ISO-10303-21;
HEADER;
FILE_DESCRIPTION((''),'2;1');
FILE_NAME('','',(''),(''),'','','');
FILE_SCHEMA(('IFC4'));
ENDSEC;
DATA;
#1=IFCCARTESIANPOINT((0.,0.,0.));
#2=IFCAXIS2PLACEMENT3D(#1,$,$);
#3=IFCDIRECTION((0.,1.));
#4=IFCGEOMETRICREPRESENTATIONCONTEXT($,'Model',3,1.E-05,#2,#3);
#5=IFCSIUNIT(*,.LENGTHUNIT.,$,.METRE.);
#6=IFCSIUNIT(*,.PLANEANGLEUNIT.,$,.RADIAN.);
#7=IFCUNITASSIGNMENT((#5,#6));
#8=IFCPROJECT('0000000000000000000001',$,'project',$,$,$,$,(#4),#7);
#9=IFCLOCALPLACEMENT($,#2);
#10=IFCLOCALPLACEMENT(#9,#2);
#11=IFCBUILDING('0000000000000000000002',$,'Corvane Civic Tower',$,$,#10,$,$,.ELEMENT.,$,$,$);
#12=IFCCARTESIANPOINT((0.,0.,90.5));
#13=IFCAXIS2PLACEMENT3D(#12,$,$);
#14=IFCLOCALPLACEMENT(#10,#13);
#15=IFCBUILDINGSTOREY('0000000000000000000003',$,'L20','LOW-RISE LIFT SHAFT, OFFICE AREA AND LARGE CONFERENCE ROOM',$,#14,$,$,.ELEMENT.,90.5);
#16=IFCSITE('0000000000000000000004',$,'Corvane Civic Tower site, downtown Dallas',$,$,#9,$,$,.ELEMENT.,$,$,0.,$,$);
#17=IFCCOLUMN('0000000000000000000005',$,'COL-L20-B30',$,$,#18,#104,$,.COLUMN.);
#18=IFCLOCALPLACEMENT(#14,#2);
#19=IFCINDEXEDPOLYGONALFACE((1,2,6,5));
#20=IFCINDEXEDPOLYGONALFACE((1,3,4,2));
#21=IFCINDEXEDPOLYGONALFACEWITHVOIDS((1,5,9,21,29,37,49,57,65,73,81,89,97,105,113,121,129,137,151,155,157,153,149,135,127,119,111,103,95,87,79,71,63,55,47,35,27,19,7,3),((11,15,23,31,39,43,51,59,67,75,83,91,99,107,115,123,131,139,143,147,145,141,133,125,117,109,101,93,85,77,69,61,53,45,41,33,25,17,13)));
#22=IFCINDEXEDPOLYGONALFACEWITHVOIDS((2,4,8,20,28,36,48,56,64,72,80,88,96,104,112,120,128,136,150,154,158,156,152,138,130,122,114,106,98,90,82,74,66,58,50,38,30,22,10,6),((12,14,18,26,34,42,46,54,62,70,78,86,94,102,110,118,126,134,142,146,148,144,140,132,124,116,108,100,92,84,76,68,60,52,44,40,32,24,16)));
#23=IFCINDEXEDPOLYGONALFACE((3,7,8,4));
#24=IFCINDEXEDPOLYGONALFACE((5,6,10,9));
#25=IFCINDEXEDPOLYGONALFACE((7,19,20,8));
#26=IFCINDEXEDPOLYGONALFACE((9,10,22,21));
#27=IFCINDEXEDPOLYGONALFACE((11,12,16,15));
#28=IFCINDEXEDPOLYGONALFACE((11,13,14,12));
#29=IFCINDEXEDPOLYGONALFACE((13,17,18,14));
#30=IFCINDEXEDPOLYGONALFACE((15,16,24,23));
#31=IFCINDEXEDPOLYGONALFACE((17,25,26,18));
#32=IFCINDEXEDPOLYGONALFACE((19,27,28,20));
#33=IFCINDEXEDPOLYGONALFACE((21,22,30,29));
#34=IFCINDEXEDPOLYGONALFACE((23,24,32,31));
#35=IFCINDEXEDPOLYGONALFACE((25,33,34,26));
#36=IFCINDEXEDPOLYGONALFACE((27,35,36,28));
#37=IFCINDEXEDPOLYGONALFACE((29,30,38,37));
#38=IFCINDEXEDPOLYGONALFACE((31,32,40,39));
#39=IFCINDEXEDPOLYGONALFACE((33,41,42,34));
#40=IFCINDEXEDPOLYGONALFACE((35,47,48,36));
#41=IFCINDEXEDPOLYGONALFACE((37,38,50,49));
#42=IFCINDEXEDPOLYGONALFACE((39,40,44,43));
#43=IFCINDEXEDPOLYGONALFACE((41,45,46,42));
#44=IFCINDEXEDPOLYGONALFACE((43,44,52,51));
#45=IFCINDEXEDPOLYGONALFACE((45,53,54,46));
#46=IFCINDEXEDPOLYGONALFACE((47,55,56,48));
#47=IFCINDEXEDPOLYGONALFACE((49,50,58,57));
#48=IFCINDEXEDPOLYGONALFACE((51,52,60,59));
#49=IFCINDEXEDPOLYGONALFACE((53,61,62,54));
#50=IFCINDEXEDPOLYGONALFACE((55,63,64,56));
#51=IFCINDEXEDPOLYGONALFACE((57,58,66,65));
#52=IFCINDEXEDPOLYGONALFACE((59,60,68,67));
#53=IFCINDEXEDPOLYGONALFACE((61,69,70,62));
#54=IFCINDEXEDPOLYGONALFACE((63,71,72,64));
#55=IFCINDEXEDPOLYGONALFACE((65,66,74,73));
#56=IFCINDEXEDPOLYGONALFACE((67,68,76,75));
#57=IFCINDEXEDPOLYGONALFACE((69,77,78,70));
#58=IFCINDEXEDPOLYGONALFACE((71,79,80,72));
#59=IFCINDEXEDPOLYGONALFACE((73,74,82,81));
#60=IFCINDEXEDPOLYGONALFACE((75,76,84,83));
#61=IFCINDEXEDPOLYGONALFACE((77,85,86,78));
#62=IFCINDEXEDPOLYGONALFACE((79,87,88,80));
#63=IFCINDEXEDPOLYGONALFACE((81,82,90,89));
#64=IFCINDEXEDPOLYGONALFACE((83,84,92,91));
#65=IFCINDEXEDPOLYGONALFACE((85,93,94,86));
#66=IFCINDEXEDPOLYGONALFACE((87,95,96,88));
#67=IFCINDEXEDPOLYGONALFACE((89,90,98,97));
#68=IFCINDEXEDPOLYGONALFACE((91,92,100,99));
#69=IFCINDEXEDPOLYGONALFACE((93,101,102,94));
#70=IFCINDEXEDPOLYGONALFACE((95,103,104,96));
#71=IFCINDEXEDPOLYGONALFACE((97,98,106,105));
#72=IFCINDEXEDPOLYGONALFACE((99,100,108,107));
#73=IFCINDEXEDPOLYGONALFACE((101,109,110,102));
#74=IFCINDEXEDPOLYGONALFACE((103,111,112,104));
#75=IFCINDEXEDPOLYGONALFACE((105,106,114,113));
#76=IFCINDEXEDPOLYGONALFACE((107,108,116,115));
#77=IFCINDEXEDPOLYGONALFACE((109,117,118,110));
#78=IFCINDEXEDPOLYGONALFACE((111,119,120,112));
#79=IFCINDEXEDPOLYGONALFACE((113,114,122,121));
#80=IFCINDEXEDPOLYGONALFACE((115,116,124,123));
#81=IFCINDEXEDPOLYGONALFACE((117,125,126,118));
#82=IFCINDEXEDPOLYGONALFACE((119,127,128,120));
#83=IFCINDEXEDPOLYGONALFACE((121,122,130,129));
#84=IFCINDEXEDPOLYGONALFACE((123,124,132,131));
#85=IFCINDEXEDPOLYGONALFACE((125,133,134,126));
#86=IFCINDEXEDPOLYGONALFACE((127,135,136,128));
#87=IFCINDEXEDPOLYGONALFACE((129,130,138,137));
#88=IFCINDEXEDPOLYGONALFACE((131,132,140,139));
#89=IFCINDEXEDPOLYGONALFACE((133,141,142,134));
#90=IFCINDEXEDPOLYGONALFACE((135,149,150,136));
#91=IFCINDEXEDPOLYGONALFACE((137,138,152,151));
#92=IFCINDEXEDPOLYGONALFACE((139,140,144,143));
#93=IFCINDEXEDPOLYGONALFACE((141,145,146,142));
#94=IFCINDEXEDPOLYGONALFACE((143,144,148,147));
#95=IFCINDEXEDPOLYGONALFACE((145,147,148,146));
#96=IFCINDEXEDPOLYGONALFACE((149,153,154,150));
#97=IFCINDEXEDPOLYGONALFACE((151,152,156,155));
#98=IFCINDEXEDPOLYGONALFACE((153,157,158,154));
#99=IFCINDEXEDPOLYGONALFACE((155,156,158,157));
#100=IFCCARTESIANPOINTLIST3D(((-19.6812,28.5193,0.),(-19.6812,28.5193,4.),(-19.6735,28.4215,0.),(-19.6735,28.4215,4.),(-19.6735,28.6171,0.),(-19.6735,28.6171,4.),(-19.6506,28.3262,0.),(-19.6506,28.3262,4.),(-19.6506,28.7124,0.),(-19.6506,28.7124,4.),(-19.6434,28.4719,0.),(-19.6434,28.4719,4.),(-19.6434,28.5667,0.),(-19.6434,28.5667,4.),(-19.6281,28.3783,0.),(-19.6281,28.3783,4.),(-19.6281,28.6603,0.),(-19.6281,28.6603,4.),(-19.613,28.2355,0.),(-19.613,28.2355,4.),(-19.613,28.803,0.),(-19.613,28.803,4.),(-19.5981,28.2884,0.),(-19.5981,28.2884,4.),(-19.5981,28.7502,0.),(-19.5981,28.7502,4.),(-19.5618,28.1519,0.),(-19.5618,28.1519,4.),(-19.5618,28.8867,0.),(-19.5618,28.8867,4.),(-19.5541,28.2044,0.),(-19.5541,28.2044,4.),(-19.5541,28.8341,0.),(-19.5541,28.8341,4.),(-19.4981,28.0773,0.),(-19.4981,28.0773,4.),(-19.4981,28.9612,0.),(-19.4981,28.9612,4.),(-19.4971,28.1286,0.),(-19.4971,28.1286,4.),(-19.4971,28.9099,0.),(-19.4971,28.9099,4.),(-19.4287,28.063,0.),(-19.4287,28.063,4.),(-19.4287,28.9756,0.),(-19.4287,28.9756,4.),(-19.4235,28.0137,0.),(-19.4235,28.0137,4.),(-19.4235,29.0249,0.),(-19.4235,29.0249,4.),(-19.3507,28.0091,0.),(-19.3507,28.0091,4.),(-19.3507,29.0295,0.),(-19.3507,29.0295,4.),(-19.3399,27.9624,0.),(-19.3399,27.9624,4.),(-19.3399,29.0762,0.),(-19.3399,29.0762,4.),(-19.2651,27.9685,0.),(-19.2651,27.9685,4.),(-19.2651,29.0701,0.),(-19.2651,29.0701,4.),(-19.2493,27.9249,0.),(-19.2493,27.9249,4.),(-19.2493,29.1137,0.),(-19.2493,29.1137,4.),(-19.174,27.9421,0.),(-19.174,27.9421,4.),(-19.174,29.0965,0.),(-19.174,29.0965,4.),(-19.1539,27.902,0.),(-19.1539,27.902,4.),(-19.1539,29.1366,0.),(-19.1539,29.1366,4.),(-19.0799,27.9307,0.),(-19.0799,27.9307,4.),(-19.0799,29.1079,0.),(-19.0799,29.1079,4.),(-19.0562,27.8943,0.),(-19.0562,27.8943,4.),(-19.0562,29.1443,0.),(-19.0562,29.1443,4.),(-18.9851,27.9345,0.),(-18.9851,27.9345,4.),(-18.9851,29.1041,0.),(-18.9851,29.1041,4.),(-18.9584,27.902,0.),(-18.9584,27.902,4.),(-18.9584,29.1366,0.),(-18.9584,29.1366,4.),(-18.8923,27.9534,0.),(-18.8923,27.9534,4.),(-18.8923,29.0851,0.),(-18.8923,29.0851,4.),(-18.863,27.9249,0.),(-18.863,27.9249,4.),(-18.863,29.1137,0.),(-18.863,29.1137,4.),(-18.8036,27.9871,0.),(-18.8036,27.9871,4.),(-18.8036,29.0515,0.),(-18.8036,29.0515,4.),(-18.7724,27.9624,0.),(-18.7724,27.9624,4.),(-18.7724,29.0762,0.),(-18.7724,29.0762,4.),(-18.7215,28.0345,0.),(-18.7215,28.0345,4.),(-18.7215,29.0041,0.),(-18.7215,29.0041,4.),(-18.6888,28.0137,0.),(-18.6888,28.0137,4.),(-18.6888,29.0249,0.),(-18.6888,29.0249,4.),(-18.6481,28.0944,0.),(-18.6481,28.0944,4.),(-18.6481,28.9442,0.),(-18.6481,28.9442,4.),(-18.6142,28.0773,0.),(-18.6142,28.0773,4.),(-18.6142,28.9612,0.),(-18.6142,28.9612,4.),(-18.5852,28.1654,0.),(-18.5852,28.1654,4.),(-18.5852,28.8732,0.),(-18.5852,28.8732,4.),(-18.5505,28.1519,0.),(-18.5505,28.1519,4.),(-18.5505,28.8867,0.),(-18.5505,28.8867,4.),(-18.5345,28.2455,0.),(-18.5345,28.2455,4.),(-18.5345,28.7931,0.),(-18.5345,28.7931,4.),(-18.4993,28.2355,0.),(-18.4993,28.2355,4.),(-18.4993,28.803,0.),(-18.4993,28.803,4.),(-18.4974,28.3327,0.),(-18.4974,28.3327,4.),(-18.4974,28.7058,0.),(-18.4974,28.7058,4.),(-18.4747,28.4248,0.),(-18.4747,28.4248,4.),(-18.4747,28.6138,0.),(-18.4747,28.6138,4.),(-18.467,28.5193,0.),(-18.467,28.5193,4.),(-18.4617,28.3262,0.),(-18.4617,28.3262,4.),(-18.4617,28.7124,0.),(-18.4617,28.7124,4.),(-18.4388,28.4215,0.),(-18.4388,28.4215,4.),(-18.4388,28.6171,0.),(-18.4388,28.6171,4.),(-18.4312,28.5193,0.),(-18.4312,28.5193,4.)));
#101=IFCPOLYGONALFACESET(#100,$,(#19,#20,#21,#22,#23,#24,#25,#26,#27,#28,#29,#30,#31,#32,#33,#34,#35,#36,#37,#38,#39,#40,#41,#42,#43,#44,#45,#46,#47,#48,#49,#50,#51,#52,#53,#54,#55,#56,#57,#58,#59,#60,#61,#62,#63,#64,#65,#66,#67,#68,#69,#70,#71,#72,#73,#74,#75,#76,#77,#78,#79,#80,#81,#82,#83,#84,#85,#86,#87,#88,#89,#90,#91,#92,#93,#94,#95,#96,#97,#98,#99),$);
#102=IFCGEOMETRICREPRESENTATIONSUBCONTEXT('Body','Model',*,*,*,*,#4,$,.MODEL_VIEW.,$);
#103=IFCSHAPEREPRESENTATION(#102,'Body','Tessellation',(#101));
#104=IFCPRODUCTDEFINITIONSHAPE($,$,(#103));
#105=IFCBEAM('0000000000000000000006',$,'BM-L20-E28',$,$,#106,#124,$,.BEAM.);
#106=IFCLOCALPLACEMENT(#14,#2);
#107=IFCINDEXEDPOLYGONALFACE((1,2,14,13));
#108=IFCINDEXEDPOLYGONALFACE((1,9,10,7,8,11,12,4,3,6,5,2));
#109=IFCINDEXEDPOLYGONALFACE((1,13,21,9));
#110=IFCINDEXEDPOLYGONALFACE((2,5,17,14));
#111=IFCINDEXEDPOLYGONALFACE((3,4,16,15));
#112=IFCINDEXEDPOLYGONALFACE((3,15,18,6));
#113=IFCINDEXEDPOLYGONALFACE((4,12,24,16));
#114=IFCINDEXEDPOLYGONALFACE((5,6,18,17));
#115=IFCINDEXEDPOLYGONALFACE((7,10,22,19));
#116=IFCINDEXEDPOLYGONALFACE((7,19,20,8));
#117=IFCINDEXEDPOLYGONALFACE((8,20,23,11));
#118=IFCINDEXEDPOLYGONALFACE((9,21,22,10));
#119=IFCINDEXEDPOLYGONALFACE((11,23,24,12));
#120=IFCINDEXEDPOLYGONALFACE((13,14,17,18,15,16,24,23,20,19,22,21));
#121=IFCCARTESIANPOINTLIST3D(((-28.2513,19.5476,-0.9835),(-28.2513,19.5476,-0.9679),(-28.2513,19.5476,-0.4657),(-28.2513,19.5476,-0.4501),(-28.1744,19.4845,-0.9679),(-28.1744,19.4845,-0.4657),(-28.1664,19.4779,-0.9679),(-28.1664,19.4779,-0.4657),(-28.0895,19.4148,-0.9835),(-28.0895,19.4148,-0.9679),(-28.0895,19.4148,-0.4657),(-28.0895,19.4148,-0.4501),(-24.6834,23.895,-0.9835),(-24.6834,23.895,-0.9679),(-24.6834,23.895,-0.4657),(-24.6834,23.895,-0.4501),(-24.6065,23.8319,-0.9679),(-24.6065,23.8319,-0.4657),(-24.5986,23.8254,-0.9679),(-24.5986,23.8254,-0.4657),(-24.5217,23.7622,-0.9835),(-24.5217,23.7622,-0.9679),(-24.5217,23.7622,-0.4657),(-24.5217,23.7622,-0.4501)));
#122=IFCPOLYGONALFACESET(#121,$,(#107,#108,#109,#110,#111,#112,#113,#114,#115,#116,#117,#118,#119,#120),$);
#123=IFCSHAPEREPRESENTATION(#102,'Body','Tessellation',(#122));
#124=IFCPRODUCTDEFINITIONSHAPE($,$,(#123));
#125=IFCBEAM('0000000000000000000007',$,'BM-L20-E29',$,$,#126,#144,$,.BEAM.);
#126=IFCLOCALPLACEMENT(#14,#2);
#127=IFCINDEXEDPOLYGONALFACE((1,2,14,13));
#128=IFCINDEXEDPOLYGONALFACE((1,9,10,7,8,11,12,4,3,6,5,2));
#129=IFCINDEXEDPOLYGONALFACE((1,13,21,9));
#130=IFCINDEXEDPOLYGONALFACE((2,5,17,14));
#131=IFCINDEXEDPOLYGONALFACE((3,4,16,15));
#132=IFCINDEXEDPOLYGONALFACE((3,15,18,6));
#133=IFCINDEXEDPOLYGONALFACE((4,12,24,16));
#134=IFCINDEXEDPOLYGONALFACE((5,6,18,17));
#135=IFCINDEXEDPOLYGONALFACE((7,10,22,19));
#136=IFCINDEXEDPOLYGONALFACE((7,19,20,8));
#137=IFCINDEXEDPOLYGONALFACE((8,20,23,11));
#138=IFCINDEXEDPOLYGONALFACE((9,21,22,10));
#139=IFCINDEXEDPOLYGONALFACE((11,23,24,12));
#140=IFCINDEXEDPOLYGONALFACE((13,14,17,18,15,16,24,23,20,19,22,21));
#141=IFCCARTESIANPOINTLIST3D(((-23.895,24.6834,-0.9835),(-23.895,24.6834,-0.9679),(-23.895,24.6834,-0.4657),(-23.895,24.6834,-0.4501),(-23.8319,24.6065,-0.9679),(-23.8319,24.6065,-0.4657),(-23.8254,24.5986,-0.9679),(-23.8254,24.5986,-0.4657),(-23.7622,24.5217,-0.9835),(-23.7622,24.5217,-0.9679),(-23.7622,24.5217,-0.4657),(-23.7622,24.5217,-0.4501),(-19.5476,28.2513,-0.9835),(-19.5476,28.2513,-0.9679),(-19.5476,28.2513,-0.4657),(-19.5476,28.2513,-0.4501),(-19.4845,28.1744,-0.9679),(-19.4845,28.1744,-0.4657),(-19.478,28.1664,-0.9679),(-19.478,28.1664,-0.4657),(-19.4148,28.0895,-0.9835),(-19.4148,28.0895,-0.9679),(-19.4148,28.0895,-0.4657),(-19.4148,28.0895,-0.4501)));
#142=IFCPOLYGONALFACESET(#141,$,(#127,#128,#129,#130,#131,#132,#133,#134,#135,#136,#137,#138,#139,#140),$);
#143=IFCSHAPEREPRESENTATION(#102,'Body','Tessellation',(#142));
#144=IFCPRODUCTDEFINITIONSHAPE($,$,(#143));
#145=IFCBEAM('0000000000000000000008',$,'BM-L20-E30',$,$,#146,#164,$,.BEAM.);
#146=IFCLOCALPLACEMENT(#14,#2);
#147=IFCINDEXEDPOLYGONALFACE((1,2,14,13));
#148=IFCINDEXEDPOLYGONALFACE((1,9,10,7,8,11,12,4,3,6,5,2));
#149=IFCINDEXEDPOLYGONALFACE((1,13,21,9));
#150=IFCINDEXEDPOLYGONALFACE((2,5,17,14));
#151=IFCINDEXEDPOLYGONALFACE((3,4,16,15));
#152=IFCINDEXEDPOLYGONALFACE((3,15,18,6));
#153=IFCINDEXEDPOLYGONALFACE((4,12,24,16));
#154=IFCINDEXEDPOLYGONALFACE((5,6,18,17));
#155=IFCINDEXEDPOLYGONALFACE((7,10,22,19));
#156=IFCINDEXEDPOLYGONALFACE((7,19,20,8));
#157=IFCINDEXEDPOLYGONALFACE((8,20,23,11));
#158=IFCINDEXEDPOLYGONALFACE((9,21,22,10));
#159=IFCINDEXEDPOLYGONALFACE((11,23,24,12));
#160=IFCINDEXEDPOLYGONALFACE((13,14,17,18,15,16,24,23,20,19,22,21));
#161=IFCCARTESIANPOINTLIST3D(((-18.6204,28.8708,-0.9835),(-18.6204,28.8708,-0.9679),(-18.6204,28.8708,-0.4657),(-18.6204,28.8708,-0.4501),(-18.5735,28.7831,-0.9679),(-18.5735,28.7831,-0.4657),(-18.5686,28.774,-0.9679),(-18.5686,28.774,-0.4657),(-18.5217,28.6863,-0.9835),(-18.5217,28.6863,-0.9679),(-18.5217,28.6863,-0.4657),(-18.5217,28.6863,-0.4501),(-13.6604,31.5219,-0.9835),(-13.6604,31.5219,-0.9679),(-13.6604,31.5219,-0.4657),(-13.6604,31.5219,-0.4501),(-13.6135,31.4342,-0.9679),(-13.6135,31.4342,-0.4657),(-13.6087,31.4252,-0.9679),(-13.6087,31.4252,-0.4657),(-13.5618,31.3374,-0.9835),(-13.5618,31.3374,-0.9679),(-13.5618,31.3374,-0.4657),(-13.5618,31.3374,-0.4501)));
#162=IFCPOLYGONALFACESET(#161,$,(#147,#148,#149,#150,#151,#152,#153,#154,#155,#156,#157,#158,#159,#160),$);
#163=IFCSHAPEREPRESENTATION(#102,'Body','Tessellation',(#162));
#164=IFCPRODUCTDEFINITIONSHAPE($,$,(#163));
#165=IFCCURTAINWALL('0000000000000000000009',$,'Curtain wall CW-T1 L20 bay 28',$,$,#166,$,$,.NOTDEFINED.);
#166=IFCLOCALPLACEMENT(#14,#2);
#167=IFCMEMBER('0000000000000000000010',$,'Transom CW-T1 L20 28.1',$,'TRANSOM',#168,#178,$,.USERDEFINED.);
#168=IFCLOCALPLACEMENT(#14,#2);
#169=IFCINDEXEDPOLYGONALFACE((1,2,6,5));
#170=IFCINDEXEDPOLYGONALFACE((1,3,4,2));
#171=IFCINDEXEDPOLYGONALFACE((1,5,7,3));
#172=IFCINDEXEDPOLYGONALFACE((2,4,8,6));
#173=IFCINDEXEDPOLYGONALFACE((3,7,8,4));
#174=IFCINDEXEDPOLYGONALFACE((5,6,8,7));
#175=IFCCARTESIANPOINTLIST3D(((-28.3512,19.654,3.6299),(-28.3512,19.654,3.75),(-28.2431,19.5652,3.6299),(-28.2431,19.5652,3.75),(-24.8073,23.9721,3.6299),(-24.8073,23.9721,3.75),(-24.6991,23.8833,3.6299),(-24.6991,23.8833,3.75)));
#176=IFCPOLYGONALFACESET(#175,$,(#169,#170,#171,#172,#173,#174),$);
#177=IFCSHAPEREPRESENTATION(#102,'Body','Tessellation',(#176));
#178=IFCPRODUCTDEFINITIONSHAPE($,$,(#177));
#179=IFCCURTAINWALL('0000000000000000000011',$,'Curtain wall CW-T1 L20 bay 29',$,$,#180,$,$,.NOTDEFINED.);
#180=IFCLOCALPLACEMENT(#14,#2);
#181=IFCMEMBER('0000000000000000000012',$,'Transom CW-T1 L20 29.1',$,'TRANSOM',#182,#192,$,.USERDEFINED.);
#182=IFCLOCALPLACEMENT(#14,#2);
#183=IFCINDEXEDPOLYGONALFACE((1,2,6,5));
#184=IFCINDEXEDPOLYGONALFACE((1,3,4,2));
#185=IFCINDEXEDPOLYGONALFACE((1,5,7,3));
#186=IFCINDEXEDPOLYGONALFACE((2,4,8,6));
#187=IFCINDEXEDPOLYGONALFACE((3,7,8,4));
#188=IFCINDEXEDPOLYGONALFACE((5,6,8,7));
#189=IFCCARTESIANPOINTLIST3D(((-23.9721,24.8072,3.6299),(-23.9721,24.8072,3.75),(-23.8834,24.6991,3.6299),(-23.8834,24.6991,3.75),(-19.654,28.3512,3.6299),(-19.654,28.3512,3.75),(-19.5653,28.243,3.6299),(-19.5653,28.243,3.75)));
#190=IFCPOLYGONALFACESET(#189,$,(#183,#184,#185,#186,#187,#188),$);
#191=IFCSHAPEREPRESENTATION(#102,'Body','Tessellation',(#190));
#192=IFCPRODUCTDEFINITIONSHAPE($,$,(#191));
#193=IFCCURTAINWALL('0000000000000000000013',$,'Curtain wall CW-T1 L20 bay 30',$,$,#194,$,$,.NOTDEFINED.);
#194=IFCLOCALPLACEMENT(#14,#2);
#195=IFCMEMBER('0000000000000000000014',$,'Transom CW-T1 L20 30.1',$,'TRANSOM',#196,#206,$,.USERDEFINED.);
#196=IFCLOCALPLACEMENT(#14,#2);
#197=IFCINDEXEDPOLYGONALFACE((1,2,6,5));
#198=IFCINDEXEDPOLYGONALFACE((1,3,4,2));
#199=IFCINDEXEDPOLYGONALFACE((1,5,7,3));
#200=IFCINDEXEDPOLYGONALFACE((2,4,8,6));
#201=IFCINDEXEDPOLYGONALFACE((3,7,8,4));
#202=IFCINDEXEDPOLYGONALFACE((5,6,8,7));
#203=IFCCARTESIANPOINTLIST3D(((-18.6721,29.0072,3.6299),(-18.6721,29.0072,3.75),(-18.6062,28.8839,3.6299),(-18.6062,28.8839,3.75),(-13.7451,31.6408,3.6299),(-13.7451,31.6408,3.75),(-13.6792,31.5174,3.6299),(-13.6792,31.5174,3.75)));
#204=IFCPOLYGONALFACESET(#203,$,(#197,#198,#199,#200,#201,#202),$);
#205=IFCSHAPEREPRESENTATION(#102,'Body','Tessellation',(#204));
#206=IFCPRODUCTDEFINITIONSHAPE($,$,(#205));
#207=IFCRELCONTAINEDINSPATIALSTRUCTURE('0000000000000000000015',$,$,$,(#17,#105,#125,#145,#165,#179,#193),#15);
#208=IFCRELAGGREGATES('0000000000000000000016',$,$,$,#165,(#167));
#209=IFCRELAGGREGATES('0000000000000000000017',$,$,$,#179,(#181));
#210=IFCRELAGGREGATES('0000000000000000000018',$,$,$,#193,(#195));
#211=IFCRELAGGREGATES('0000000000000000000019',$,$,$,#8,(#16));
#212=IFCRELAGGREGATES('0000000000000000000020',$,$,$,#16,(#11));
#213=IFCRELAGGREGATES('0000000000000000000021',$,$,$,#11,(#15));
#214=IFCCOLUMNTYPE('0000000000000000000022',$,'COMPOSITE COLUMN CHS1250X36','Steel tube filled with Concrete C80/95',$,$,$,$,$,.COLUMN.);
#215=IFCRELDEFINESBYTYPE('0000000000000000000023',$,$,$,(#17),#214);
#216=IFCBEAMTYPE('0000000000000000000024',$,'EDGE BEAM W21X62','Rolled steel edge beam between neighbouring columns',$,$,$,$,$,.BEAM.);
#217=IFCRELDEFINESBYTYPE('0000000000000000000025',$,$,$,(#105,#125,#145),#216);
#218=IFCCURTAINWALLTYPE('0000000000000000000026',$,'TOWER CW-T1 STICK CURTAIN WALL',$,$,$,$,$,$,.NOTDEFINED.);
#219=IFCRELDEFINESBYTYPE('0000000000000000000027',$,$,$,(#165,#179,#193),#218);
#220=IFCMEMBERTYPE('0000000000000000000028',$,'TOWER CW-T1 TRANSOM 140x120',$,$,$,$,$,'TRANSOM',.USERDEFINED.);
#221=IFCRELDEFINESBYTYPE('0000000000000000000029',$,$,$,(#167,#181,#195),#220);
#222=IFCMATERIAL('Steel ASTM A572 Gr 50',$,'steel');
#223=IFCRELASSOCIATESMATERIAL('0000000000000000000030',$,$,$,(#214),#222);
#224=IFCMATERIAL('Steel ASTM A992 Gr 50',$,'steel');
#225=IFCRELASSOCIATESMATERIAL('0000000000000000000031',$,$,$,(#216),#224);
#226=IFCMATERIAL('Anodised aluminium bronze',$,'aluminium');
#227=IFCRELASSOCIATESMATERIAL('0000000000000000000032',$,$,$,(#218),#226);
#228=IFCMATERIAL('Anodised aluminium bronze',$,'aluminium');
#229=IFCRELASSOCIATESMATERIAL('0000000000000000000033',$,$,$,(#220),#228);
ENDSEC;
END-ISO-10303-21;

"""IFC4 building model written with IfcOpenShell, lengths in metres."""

from ifc_helpers import new_model, si_unit, direction, frame, origin, origin_2d, place, context, subcontext, project, spatial, rectangle, hollow_circle, i_section, extrude, material, material_profile, profile_set, type_object, element, aggregate, save


model = new_model("IFC4")

# Units and contexts
model_context = context("Model", 3, precision=1e-05, world=origin(), true_north=direction((0.0, 1.0)))
body_context = subcontext(model_context, "Body", "Model", "MODEL_VIEW")
ifc_project = project(units=[si_unit("LENGTHUNIT", "METRE"), si_unit("PLANEANGLEUNIT", "RADIAN")], contexts=[model_context])

# Site, building, storey
site_placement = place(None, origin())
site = spatial("IfcSite", under=ifc_project, at=site_placement, Name="Corvane Civic Tower site, downtown Dallas", CompositionType="ELEMENT", RefElevation=0.0)
building_placement = place(site_placement, origin())
building = spatial("IfcBuilding", under=site, at=building_placement, Name="Corvane Civic Tower", CompositionType="ELEMENT")
storey_placement = place(building_placement, frame((0.0, 0.0, 90.5)))
storey = spatial("IfcBuildingStorey", under=building, at=storey_placement, Name="L20", Description="LOW-RISE LIFT SHAFT, OFFICE AREA AND LARGE CONFERENCE ROOM", CompositionType="ELEMENT", Elevation=90.5)

# Column
ifc_material_1 = material(Name="Steel ASTM A572 Gr 50", Category="steel")
ifc_material_profile_1 = material_profile(ifc_material_1, hollow_circle(Radius=0.625, WallThickness=0.0359, at=origin_2d()), Name="CHS1250X36")
ifc_profile_set_1 = profile_set([ifc_material_profile_1], Name="Steel ASTM A572 Gr 50")
column_type = type_object("IfcColumnType", Name="COMPOSITE COLUMN CHS1250X36", Description="Steel tube filled with Concrete C80/95", PredefinedType="COLUMN", material=ifc_profile_set_1)
for number, where, z_axis, x_axis, name in (
    (1, (-19.0562, 28.5193, 0.0), (0.0, 0.0, 1.0), (1.0, 0.0, 0.0), "COL-L20-B30"),
):
    element("IfcColumn", number, at=place(storey_placement, frame(where, z_axis=z_axis, x_axis=x_axis)), inside=storey, type_object=column_type, Name=name, PredefinedType="COLUMN", context=body_context, shape_type="SweptSolid", body=[
        extrude(hollow_circle(Radius=0.625, WallThickness=0.0359, at=origin_2d()), origin(), (0.0, 0.0, 1.0), 4.0),
    ])

# Beams
ifc_material_2 = material(Name="Steel ASTM A992 Gr 50", Category="steel")
ifc_material_profile_2 = material_profile(ifc_material_2, i_section(OverallWidth=0.2092, OverallDepth=0.5334, WebThickness=0.0103, FlangeThickness=0.0156, at=origin_2d()), Name="W21X62")
ifc_profile_set_2 = profile_set([ifc_material_profile_2], Name="Steel ASTM A992 Gr 50")
beam_type = type_object("IfcBeamType", Name="EDGE BEAM W21X62", Description="Rolled steel edge beam between neighbouring columns", PredefinedType="BEAM", material=ifc_profile_set_2)
for number, where, z_axis, x_axis, name in (
    (2, (-28.1704, 19.4812, -0.7168), (0.634398, 0.773007, 0.0), (-0.773007, 0.634398, 0.0), "BM-L20-E28"),
    (3, (-23.8286, 24.6025, -0.7168), (0.773007, 0.634398, 0.0), (-0.634398, 0.773007, 0.0), "BM-L20-E29"),
    (4, (-18.571, 28.7786, -0.7168), (0.881924, 0.471392, 0.0), (-0.471392, 0.881924, 0.0), "BM-L20-E30"),
):
    element("IfcBeam", number, at=place(storey_placement, frame(where, z_axis=z_axis, x_axis=x_axis)), inside=storey, type_object=beam_type, Name=name, PredefinedType="BEAM", context=body_context, shape_type="SweptSolid", body=[
        extrude(i_section(OverallWidth=0.2092, OverallDepth=0.5334, WebThickness=0.0103, FlangeThickness=0.0156, at=origin_2d()), origin(), (0.0, 0.0, 1.0), 5.624),
    ])

# Curtain walls, members
ifc_material_3 = material(Name="Anodised aluminium bronze", Category="aluminium")
curtain_wall_type = type_object("IfcCurtainWallType", Name="TOWER CW-T1 STICK CURTAIN WALL", PredefinedType="NOTDEFINED", material=ifc_material_3)
curtain_wall_1_placement = place(storey_placement, origin())
curtain_wall_1 = element("IfcCurtainWall", 5, at=curtain_wall_1_placement, inside=storey, type_object=curtain_wall_type, Name="Curtain wall CW-T1 L20 bay 28", PredefinedType="NOTDEFINED")
ifc_material_4 = material(Name="Anodised aluminium bronze", Category="aluminium")
ifc_material_profile_3 = material_profile(ifc_material_4, rectangle(XDim=0.1399, YDim=0.1201, at=origin_2d()), Name="TOWER CW-T1 TRANSOM 140x120")
ifc_profile_set_3 = profile_set([ifc_material_profile_3], Name="Anodised aluminium bronze")
member_type = type_object("IfcMemberType", Name="TOWER CW-T1 TRANSOM 140x120", ElementType="TRANSOM", PredefinedType="USERDEFINED", material=ifc_profile_set_3)
member_1_placement = place(storey_placement, frame((-28.2971, 19.6096, 3.6899), z_axis=(0.63441, 0.772996, 0.0), x_axis=(-0.772996, 0.63441, 0.0)))
member_1 = element("IfcMember", 6, at=member_1_placement, type_object=member_type, Name="Transom CW-T1 L20 28.1", ObjectType="TRANSOM", PredefinedType="USERDEFINED", context=body_context, shape_type="SweptSolid", body=[
    extrude(rectangle(XDim=0.1399, YDim=0.1201, at=origin_2d()), origin(), (0.0, 0.0, 1.0), 5.5862),
])
curtain_wall_2_placement = place(storey_placement, origin())
curtain_wall_2 = element("IfcCurtainWall", 7, at=curtain_wall_2_placement, inside=storey, type_object=curtain_wall_type, Name="Curtain wall CW-T1 L20 bay 29", PredefinedType="NOTDEFINED")
member_2_placement = place(storey_placement, frame((-23.9277, 24.7532, 3.6899), z_axis=(0.772996, 0.63441, 0.0), x_axis=(-0.63441, 0.772996, 0.0)))
member_2 = element("IfcMember", 8, at=member_2_placement, type_object=member_type, Name="Transom CW-T1 L20 29.1", ObjectType="TRANSOM", PredefinedType="USERDEFINED", context=body_context, shape_type="SweptSolid", body=[
    extrude(rectangle(XDim=0.1399, YDim=0.1201, at=origin_2d()), origin(), (0.0, 0.0, 1.0), 5.5862),
])
curtain_wall_3_placement = place(storey_placement, origin())
curtain_wall_3 = element("IfcCurtainWall", 9, at=curtain_wall_3_placement, inside=storey, type_object=curtain_wall_type, Name="Curtain wall CW-T1 L20 bay 30", PredefinedType="NOTDEFINED")
member_3_placement = place(storey_placement, frame((-18.6392, 28.9456, 3.6899), z_axis=(0.881921, 0.471398, 0.0), x_axis=(-0.471398, 0.881921, 0.0)))
member_3 = element("IfcMember", 10, at=member_3_placement, type_object=member_type, Name="Transom CW-T1 L20 30.1", ObjectType="TRANSOM", PredefinedType="USERDEFINED", context=body_context, shape_type="SweptSolid", body=[
    extrude(rectangle(XDim=0.1399, YDim=0.1201, at=origin_2d()), origin(), (0.0, 0.0, 1.0), 5.5867),
])

aggregate(curtain_wall_1, [member_1])
aggregate(curtain_wall_2, [member_2])
aggregate(curtain_wall_3, [member_3])

save(model, "model.ifc")
